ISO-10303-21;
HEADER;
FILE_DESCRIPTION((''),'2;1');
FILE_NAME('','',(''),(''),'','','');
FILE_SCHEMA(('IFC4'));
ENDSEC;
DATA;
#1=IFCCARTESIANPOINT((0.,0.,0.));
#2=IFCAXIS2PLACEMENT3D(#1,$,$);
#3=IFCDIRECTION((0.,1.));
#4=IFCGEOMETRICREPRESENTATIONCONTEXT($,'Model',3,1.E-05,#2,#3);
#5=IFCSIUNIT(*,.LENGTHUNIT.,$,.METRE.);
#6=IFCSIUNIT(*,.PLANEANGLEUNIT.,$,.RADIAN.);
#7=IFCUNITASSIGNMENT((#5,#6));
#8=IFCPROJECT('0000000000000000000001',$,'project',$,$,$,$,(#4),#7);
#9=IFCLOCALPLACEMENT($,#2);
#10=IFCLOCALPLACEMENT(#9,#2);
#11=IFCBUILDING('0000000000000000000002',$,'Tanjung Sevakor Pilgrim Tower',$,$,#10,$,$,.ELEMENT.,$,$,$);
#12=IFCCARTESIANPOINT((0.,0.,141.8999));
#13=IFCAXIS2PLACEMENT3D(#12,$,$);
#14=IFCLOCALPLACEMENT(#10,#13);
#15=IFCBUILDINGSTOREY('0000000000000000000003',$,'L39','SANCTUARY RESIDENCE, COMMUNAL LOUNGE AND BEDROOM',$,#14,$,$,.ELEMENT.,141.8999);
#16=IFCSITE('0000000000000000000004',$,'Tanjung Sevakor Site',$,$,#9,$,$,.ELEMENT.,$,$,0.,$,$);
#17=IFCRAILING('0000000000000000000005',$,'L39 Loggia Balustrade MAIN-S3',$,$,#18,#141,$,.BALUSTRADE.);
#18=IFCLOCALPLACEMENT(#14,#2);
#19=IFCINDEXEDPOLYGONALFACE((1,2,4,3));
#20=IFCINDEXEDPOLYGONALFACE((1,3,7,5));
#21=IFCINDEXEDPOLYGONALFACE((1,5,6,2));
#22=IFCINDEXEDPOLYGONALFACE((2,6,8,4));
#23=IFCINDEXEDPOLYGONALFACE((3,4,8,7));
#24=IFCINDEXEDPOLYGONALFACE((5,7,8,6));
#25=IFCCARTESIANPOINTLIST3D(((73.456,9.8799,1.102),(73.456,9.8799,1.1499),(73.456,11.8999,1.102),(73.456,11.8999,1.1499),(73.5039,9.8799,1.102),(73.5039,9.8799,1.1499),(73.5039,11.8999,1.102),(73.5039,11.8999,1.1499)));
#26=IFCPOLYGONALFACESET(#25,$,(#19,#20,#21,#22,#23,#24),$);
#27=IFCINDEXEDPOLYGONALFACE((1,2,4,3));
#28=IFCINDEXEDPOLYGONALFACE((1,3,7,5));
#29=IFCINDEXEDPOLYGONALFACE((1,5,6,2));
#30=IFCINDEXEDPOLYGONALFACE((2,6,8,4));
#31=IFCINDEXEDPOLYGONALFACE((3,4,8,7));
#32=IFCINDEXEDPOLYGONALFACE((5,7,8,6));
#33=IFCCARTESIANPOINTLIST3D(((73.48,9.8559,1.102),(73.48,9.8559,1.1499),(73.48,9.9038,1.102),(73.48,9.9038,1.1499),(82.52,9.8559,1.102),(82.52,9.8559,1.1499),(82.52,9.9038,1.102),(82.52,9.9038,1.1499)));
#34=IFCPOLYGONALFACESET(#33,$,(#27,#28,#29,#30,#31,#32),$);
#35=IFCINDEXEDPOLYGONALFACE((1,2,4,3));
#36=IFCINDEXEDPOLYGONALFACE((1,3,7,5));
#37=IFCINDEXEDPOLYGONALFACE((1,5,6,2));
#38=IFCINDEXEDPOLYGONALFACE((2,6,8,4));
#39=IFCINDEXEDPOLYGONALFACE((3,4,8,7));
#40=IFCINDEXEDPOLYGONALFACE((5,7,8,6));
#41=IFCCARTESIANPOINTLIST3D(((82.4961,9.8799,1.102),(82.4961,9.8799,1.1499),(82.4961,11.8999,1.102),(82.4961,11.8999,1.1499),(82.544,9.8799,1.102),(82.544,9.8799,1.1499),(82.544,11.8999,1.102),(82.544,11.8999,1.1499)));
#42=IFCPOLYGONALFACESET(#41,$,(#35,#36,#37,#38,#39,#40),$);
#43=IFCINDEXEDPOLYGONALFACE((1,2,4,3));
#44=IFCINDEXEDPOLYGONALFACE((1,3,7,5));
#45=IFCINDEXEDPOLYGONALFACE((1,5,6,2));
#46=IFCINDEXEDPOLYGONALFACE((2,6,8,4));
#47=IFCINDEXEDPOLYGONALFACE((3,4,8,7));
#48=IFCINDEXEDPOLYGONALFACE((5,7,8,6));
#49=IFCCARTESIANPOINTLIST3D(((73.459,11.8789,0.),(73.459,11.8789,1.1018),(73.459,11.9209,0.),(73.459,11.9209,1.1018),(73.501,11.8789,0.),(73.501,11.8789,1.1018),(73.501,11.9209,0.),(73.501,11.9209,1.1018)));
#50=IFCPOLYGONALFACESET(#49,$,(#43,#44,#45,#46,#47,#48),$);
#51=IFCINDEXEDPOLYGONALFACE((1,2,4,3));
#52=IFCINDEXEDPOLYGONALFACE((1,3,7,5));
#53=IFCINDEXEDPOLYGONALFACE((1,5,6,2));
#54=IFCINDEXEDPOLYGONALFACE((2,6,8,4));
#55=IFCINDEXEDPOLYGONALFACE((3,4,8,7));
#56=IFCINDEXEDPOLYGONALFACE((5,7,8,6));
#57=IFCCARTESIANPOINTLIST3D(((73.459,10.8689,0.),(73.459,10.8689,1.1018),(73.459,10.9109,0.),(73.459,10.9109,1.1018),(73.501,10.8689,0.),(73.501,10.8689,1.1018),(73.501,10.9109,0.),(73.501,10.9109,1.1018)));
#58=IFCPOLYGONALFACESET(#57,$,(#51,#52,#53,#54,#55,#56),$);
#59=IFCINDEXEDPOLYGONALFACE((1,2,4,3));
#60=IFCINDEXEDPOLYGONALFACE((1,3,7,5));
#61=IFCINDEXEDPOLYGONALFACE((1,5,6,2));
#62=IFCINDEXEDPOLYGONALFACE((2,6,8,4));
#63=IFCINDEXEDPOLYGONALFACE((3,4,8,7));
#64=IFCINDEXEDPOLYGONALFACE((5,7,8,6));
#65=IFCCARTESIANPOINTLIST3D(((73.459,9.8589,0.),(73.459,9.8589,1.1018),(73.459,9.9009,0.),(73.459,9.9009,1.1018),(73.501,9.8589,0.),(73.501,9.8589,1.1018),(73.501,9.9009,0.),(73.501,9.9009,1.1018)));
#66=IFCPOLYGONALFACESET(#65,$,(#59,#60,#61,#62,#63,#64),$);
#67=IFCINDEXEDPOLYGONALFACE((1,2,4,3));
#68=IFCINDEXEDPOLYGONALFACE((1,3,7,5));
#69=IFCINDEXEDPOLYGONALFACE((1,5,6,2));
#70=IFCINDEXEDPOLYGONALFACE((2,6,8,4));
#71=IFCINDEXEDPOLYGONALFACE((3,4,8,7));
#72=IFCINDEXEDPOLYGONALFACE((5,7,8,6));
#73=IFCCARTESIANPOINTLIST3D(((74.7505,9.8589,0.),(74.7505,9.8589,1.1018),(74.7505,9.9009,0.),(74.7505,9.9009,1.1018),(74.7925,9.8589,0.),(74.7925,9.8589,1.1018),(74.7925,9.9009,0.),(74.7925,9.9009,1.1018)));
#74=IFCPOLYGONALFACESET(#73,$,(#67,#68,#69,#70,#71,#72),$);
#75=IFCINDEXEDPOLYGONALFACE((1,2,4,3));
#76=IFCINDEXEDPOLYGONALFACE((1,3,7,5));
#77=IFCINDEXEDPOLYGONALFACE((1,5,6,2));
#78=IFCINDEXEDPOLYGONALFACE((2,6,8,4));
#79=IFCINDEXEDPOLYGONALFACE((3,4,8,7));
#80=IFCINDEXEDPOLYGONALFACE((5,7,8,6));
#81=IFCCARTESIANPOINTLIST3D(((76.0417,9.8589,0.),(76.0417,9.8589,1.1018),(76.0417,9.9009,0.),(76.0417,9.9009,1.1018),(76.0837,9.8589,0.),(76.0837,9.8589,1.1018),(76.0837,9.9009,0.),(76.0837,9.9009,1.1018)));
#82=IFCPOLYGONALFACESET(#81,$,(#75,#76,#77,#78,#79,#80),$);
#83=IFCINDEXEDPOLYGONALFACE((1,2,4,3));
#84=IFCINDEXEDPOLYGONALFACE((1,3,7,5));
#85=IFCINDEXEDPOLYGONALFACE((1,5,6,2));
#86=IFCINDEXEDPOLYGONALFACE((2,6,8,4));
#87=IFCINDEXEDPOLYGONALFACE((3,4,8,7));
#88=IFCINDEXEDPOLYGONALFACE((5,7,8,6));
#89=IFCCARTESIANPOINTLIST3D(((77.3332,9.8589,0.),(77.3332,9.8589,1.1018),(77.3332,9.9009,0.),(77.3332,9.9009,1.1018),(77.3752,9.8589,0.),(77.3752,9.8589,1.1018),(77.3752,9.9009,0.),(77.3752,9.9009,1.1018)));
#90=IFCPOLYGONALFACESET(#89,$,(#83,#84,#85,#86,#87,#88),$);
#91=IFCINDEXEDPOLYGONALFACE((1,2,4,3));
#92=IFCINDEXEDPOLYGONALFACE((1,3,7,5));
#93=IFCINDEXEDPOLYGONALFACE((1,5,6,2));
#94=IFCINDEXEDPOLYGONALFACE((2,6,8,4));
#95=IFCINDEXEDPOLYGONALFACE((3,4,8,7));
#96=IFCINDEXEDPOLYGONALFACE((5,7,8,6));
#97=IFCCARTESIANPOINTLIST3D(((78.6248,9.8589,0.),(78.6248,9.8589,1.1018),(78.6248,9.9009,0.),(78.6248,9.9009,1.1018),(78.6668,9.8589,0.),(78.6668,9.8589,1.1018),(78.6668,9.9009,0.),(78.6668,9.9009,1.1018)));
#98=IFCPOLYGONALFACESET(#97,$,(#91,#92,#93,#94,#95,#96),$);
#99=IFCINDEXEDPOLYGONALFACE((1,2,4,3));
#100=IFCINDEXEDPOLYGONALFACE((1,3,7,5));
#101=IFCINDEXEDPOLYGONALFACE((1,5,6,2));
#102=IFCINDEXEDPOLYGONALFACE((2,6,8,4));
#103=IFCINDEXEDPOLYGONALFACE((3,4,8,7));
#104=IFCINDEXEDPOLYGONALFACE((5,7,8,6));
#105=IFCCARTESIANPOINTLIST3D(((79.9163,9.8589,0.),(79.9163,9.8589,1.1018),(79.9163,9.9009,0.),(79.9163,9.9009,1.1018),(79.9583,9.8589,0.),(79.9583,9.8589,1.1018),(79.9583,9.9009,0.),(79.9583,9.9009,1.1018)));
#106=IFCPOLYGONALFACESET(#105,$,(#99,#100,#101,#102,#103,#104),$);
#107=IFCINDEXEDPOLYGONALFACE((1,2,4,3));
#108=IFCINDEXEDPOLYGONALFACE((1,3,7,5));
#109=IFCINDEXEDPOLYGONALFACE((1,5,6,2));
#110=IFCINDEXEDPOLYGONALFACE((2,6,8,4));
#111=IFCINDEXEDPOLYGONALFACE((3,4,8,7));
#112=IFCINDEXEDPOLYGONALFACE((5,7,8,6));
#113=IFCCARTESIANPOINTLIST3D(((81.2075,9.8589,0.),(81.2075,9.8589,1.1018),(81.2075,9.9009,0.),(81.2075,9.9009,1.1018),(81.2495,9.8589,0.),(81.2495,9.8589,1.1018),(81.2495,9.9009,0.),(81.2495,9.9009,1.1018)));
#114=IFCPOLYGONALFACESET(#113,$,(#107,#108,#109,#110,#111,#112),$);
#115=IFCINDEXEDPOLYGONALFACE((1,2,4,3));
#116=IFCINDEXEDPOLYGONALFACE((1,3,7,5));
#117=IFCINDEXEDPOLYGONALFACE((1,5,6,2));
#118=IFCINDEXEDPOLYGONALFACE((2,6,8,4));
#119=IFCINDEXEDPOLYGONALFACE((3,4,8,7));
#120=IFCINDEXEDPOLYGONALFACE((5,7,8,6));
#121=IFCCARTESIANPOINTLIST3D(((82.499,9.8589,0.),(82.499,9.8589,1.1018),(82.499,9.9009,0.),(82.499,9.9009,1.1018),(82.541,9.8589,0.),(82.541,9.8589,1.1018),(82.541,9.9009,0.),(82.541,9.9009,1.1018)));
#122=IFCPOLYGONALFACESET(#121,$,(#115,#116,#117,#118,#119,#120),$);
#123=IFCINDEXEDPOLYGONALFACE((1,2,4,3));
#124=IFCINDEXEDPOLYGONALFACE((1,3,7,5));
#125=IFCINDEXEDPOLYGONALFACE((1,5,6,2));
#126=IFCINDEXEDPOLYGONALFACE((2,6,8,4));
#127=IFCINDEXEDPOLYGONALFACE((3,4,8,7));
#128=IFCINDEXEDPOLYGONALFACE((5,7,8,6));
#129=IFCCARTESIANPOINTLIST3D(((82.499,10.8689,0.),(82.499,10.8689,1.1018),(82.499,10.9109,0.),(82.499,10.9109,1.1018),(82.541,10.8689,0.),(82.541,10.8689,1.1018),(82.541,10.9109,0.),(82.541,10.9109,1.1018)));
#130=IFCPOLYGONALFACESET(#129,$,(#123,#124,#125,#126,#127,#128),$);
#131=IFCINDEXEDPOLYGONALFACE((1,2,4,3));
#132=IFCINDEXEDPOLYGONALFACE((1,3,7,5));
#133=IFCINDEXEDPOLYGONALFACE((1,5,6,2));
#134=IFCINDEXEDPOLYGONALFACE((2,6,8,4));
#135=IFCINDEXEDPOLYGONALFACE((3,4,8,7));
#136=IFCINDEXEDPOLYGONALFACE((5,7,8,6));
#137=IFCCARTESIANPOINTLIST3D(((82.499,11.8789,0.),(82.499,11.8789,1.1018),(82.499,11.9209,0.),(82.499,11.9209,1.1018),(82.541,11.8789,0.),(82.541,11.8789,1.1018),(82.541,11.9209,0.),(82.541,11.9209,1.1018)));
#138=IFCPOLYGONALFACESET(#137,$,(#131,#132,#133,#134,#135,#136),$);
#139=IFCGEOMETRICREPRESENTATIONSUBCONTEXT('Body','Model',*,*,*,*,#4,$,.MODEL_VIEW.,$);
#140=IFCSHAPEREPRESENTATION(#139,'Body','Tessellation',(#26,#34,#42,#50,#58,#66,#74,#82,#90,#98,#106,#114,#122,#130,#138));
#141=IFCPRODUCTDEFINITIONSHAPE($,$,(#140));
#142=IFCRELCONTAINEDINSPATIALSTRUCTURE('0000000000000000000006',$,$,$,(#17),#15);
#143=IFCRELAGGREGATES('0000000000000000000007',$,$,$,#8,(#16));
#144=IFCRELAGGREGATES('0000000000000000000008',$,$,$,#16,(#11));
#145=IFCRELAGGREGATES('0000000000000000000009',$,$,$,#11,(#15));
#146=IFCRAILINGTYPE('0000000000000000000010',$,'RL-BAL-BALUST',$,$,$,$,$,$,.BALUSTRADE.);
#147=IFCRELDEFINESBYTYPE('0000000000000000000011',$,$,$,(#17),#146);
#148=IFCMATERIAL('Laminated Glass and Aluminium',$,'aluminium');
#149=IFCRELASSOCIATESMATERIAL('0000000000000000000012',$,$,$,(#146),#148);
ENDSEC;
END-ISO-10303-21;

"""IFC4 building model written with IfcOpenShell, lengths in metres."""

from ifc_helpers import new_model, si_unit, direction, frame, origin, place, context, subcontext, project, spatial, rectangle, extrude, material, type_object, element, save


model = new_model("IFC4")

# Units and contexts
model_context = context("Model", 3, precision=1e-05, world=origin(), true_north=direction((0.0, 1.0)))
body_context = subcontext(model_context, "Body", "Model", "MODEL_VIEW")
ifc_project = project(units=[si_unit("LENGTHUNIT", "METRE"), si_unit("PLANEANGLEUNIT", "RADIAN")], contexts=[model_context])

# Site, building, storey
site_placement = place(None, origin())
site = spatial("IfcSite", under=ifc_project, at=site_placement, Name="Tanjung Sevakor Site", CompositionType="ELEMENT", RefElevation=0.0)
building_placement = place(site_placement, origin())
building = spatial("IfcBuilding", under=site, at=building_placement, Name="Tanjung Sevakor Pilgrim Tower", CompositionType="ELEMENT")
storey_placement = place(building_placement, frame((0.0, 0.0, 141.8999)))
storey = spatial("IfcBuildingStorey", under=building, at=storey_placement, Name="L39", Description="SANCTUARY RESIDENCE, COMMUNAL LOUNGE AND BEDROOM", CompositionType="ELEMENT", Elevation=141.8999)

# Railing
ifc_material_1 = material(Name="Laminated Glass and Aluminium", Category="aluminium")
railing_type = type_object("IfcRailingType", Name="RL-BAL-BALUST", PredefinedType="BALUSTRADE", material=ifc_material_1)
railing_placement = place(storey_placement, frame((73.48, 11.8999, 0.0)))
element("IfcRailing", 1, at=railing_placement, inside=storey, type_object=railing_type, Name="L39 Loggia Balustrade MAIN-S3", PredefinedType="BALUSTRADE", context=body_context, shape_type="SweptSolid", body=[
    extrude(rectangle(XDim=0.0479, YDim=0.0479), frame((0.0, 0.0, 1.126), z_axis=(0.0, -1.0, 0.0), x_axis=(1.0, 0.0, 0.0)), (0.0, 0.0, 1.0), 2.02),
    extrude(rectangle(XDim=0.0479, YDim=0.0479), frame((0.0, -2.02, 1.126), z_axis=(1.0, 0.0, 0.0), x_axis=(0.0, 1.0, 0.0)), (0.0, 0.0, 1.0), 9.04),
    extrude(rectangle(XDim=0.0479, YDim=0.0479), frame((9.04, -2.02, 1.126), z_axis=(0.0, 1.0, 0.0), x_axis=(-1.0, 0.0, 0.0)), (0.0, 0.0, 1.0), 2.02),
    extrude(rectangle(XDim=0.042, YDim=0.042), origin(), (0.0, 0.0, 1.0), 1.1018),
    extrude(rectangle(XDim=0.042, YDim=0.042), frame((0.0, -1.01, 0.0)), (0.0, 0.0, 1.0), 1.1018),
    extrude(rectangle(XDim=0.042, YDim=0.042), frame((0.0, -2.02, 0.0)), (0.0, 0.0, 1.0), 1.1018),
    extrude(rectangle(XDim=0.042, YDim=0.042), frame((1.2915, -2.02, 0.0)), (0.0, 0.0, 1.0), 1.1018),
    extrude(rectangle(XDim=0.042, YDim=0.042), frame((2.5828, -2.02, 0.0)), (0.0, 0.0, 1.0), 1.1018),
    extrude(rectangle(XDim=0.042, YDim=0.042), frame((3.8743, -2.02, 0.0)), (0.0, 0.0, 1.0), 1.1018),
    extrude(rectangle(XDim=0.042, YDim=0.042), frame((5.1658, -2.02, 0.0)), (0.0, 0.0, 1.0), 1.1018),
    extrude(rectangle(XDim=0.042, YDim=0.042), frame((6.4573, -2.02, 0.0)), (0.0, 0.0, 1.0), 1.1018),
    extrude(rectangle(XDim=0.042, YDim=0.042), frame((7.7485, -2.02, 0.0)), (0.0, 0.0, 1.0), 1.1018),
    extrude(rectangle(XDim=0.042, YDim=0.042), frame((9.04, -2.02, 0.0)), (0.0, 0.0, 1.0), 1.1018),
    extrude(rectangle(XDim=0.042, YDim=0.042), frame((9.04, -1.01, 0.0)), (0.0, 0.0, 1.0), 1.1018),
    extrude(rectangle(XDim=0.042, YDim=0.042), frame((9.04, 0.0, 0.0)), (0.0, 0.0, 1.0), 1.1018),
])

save(model, "model.ifc")
